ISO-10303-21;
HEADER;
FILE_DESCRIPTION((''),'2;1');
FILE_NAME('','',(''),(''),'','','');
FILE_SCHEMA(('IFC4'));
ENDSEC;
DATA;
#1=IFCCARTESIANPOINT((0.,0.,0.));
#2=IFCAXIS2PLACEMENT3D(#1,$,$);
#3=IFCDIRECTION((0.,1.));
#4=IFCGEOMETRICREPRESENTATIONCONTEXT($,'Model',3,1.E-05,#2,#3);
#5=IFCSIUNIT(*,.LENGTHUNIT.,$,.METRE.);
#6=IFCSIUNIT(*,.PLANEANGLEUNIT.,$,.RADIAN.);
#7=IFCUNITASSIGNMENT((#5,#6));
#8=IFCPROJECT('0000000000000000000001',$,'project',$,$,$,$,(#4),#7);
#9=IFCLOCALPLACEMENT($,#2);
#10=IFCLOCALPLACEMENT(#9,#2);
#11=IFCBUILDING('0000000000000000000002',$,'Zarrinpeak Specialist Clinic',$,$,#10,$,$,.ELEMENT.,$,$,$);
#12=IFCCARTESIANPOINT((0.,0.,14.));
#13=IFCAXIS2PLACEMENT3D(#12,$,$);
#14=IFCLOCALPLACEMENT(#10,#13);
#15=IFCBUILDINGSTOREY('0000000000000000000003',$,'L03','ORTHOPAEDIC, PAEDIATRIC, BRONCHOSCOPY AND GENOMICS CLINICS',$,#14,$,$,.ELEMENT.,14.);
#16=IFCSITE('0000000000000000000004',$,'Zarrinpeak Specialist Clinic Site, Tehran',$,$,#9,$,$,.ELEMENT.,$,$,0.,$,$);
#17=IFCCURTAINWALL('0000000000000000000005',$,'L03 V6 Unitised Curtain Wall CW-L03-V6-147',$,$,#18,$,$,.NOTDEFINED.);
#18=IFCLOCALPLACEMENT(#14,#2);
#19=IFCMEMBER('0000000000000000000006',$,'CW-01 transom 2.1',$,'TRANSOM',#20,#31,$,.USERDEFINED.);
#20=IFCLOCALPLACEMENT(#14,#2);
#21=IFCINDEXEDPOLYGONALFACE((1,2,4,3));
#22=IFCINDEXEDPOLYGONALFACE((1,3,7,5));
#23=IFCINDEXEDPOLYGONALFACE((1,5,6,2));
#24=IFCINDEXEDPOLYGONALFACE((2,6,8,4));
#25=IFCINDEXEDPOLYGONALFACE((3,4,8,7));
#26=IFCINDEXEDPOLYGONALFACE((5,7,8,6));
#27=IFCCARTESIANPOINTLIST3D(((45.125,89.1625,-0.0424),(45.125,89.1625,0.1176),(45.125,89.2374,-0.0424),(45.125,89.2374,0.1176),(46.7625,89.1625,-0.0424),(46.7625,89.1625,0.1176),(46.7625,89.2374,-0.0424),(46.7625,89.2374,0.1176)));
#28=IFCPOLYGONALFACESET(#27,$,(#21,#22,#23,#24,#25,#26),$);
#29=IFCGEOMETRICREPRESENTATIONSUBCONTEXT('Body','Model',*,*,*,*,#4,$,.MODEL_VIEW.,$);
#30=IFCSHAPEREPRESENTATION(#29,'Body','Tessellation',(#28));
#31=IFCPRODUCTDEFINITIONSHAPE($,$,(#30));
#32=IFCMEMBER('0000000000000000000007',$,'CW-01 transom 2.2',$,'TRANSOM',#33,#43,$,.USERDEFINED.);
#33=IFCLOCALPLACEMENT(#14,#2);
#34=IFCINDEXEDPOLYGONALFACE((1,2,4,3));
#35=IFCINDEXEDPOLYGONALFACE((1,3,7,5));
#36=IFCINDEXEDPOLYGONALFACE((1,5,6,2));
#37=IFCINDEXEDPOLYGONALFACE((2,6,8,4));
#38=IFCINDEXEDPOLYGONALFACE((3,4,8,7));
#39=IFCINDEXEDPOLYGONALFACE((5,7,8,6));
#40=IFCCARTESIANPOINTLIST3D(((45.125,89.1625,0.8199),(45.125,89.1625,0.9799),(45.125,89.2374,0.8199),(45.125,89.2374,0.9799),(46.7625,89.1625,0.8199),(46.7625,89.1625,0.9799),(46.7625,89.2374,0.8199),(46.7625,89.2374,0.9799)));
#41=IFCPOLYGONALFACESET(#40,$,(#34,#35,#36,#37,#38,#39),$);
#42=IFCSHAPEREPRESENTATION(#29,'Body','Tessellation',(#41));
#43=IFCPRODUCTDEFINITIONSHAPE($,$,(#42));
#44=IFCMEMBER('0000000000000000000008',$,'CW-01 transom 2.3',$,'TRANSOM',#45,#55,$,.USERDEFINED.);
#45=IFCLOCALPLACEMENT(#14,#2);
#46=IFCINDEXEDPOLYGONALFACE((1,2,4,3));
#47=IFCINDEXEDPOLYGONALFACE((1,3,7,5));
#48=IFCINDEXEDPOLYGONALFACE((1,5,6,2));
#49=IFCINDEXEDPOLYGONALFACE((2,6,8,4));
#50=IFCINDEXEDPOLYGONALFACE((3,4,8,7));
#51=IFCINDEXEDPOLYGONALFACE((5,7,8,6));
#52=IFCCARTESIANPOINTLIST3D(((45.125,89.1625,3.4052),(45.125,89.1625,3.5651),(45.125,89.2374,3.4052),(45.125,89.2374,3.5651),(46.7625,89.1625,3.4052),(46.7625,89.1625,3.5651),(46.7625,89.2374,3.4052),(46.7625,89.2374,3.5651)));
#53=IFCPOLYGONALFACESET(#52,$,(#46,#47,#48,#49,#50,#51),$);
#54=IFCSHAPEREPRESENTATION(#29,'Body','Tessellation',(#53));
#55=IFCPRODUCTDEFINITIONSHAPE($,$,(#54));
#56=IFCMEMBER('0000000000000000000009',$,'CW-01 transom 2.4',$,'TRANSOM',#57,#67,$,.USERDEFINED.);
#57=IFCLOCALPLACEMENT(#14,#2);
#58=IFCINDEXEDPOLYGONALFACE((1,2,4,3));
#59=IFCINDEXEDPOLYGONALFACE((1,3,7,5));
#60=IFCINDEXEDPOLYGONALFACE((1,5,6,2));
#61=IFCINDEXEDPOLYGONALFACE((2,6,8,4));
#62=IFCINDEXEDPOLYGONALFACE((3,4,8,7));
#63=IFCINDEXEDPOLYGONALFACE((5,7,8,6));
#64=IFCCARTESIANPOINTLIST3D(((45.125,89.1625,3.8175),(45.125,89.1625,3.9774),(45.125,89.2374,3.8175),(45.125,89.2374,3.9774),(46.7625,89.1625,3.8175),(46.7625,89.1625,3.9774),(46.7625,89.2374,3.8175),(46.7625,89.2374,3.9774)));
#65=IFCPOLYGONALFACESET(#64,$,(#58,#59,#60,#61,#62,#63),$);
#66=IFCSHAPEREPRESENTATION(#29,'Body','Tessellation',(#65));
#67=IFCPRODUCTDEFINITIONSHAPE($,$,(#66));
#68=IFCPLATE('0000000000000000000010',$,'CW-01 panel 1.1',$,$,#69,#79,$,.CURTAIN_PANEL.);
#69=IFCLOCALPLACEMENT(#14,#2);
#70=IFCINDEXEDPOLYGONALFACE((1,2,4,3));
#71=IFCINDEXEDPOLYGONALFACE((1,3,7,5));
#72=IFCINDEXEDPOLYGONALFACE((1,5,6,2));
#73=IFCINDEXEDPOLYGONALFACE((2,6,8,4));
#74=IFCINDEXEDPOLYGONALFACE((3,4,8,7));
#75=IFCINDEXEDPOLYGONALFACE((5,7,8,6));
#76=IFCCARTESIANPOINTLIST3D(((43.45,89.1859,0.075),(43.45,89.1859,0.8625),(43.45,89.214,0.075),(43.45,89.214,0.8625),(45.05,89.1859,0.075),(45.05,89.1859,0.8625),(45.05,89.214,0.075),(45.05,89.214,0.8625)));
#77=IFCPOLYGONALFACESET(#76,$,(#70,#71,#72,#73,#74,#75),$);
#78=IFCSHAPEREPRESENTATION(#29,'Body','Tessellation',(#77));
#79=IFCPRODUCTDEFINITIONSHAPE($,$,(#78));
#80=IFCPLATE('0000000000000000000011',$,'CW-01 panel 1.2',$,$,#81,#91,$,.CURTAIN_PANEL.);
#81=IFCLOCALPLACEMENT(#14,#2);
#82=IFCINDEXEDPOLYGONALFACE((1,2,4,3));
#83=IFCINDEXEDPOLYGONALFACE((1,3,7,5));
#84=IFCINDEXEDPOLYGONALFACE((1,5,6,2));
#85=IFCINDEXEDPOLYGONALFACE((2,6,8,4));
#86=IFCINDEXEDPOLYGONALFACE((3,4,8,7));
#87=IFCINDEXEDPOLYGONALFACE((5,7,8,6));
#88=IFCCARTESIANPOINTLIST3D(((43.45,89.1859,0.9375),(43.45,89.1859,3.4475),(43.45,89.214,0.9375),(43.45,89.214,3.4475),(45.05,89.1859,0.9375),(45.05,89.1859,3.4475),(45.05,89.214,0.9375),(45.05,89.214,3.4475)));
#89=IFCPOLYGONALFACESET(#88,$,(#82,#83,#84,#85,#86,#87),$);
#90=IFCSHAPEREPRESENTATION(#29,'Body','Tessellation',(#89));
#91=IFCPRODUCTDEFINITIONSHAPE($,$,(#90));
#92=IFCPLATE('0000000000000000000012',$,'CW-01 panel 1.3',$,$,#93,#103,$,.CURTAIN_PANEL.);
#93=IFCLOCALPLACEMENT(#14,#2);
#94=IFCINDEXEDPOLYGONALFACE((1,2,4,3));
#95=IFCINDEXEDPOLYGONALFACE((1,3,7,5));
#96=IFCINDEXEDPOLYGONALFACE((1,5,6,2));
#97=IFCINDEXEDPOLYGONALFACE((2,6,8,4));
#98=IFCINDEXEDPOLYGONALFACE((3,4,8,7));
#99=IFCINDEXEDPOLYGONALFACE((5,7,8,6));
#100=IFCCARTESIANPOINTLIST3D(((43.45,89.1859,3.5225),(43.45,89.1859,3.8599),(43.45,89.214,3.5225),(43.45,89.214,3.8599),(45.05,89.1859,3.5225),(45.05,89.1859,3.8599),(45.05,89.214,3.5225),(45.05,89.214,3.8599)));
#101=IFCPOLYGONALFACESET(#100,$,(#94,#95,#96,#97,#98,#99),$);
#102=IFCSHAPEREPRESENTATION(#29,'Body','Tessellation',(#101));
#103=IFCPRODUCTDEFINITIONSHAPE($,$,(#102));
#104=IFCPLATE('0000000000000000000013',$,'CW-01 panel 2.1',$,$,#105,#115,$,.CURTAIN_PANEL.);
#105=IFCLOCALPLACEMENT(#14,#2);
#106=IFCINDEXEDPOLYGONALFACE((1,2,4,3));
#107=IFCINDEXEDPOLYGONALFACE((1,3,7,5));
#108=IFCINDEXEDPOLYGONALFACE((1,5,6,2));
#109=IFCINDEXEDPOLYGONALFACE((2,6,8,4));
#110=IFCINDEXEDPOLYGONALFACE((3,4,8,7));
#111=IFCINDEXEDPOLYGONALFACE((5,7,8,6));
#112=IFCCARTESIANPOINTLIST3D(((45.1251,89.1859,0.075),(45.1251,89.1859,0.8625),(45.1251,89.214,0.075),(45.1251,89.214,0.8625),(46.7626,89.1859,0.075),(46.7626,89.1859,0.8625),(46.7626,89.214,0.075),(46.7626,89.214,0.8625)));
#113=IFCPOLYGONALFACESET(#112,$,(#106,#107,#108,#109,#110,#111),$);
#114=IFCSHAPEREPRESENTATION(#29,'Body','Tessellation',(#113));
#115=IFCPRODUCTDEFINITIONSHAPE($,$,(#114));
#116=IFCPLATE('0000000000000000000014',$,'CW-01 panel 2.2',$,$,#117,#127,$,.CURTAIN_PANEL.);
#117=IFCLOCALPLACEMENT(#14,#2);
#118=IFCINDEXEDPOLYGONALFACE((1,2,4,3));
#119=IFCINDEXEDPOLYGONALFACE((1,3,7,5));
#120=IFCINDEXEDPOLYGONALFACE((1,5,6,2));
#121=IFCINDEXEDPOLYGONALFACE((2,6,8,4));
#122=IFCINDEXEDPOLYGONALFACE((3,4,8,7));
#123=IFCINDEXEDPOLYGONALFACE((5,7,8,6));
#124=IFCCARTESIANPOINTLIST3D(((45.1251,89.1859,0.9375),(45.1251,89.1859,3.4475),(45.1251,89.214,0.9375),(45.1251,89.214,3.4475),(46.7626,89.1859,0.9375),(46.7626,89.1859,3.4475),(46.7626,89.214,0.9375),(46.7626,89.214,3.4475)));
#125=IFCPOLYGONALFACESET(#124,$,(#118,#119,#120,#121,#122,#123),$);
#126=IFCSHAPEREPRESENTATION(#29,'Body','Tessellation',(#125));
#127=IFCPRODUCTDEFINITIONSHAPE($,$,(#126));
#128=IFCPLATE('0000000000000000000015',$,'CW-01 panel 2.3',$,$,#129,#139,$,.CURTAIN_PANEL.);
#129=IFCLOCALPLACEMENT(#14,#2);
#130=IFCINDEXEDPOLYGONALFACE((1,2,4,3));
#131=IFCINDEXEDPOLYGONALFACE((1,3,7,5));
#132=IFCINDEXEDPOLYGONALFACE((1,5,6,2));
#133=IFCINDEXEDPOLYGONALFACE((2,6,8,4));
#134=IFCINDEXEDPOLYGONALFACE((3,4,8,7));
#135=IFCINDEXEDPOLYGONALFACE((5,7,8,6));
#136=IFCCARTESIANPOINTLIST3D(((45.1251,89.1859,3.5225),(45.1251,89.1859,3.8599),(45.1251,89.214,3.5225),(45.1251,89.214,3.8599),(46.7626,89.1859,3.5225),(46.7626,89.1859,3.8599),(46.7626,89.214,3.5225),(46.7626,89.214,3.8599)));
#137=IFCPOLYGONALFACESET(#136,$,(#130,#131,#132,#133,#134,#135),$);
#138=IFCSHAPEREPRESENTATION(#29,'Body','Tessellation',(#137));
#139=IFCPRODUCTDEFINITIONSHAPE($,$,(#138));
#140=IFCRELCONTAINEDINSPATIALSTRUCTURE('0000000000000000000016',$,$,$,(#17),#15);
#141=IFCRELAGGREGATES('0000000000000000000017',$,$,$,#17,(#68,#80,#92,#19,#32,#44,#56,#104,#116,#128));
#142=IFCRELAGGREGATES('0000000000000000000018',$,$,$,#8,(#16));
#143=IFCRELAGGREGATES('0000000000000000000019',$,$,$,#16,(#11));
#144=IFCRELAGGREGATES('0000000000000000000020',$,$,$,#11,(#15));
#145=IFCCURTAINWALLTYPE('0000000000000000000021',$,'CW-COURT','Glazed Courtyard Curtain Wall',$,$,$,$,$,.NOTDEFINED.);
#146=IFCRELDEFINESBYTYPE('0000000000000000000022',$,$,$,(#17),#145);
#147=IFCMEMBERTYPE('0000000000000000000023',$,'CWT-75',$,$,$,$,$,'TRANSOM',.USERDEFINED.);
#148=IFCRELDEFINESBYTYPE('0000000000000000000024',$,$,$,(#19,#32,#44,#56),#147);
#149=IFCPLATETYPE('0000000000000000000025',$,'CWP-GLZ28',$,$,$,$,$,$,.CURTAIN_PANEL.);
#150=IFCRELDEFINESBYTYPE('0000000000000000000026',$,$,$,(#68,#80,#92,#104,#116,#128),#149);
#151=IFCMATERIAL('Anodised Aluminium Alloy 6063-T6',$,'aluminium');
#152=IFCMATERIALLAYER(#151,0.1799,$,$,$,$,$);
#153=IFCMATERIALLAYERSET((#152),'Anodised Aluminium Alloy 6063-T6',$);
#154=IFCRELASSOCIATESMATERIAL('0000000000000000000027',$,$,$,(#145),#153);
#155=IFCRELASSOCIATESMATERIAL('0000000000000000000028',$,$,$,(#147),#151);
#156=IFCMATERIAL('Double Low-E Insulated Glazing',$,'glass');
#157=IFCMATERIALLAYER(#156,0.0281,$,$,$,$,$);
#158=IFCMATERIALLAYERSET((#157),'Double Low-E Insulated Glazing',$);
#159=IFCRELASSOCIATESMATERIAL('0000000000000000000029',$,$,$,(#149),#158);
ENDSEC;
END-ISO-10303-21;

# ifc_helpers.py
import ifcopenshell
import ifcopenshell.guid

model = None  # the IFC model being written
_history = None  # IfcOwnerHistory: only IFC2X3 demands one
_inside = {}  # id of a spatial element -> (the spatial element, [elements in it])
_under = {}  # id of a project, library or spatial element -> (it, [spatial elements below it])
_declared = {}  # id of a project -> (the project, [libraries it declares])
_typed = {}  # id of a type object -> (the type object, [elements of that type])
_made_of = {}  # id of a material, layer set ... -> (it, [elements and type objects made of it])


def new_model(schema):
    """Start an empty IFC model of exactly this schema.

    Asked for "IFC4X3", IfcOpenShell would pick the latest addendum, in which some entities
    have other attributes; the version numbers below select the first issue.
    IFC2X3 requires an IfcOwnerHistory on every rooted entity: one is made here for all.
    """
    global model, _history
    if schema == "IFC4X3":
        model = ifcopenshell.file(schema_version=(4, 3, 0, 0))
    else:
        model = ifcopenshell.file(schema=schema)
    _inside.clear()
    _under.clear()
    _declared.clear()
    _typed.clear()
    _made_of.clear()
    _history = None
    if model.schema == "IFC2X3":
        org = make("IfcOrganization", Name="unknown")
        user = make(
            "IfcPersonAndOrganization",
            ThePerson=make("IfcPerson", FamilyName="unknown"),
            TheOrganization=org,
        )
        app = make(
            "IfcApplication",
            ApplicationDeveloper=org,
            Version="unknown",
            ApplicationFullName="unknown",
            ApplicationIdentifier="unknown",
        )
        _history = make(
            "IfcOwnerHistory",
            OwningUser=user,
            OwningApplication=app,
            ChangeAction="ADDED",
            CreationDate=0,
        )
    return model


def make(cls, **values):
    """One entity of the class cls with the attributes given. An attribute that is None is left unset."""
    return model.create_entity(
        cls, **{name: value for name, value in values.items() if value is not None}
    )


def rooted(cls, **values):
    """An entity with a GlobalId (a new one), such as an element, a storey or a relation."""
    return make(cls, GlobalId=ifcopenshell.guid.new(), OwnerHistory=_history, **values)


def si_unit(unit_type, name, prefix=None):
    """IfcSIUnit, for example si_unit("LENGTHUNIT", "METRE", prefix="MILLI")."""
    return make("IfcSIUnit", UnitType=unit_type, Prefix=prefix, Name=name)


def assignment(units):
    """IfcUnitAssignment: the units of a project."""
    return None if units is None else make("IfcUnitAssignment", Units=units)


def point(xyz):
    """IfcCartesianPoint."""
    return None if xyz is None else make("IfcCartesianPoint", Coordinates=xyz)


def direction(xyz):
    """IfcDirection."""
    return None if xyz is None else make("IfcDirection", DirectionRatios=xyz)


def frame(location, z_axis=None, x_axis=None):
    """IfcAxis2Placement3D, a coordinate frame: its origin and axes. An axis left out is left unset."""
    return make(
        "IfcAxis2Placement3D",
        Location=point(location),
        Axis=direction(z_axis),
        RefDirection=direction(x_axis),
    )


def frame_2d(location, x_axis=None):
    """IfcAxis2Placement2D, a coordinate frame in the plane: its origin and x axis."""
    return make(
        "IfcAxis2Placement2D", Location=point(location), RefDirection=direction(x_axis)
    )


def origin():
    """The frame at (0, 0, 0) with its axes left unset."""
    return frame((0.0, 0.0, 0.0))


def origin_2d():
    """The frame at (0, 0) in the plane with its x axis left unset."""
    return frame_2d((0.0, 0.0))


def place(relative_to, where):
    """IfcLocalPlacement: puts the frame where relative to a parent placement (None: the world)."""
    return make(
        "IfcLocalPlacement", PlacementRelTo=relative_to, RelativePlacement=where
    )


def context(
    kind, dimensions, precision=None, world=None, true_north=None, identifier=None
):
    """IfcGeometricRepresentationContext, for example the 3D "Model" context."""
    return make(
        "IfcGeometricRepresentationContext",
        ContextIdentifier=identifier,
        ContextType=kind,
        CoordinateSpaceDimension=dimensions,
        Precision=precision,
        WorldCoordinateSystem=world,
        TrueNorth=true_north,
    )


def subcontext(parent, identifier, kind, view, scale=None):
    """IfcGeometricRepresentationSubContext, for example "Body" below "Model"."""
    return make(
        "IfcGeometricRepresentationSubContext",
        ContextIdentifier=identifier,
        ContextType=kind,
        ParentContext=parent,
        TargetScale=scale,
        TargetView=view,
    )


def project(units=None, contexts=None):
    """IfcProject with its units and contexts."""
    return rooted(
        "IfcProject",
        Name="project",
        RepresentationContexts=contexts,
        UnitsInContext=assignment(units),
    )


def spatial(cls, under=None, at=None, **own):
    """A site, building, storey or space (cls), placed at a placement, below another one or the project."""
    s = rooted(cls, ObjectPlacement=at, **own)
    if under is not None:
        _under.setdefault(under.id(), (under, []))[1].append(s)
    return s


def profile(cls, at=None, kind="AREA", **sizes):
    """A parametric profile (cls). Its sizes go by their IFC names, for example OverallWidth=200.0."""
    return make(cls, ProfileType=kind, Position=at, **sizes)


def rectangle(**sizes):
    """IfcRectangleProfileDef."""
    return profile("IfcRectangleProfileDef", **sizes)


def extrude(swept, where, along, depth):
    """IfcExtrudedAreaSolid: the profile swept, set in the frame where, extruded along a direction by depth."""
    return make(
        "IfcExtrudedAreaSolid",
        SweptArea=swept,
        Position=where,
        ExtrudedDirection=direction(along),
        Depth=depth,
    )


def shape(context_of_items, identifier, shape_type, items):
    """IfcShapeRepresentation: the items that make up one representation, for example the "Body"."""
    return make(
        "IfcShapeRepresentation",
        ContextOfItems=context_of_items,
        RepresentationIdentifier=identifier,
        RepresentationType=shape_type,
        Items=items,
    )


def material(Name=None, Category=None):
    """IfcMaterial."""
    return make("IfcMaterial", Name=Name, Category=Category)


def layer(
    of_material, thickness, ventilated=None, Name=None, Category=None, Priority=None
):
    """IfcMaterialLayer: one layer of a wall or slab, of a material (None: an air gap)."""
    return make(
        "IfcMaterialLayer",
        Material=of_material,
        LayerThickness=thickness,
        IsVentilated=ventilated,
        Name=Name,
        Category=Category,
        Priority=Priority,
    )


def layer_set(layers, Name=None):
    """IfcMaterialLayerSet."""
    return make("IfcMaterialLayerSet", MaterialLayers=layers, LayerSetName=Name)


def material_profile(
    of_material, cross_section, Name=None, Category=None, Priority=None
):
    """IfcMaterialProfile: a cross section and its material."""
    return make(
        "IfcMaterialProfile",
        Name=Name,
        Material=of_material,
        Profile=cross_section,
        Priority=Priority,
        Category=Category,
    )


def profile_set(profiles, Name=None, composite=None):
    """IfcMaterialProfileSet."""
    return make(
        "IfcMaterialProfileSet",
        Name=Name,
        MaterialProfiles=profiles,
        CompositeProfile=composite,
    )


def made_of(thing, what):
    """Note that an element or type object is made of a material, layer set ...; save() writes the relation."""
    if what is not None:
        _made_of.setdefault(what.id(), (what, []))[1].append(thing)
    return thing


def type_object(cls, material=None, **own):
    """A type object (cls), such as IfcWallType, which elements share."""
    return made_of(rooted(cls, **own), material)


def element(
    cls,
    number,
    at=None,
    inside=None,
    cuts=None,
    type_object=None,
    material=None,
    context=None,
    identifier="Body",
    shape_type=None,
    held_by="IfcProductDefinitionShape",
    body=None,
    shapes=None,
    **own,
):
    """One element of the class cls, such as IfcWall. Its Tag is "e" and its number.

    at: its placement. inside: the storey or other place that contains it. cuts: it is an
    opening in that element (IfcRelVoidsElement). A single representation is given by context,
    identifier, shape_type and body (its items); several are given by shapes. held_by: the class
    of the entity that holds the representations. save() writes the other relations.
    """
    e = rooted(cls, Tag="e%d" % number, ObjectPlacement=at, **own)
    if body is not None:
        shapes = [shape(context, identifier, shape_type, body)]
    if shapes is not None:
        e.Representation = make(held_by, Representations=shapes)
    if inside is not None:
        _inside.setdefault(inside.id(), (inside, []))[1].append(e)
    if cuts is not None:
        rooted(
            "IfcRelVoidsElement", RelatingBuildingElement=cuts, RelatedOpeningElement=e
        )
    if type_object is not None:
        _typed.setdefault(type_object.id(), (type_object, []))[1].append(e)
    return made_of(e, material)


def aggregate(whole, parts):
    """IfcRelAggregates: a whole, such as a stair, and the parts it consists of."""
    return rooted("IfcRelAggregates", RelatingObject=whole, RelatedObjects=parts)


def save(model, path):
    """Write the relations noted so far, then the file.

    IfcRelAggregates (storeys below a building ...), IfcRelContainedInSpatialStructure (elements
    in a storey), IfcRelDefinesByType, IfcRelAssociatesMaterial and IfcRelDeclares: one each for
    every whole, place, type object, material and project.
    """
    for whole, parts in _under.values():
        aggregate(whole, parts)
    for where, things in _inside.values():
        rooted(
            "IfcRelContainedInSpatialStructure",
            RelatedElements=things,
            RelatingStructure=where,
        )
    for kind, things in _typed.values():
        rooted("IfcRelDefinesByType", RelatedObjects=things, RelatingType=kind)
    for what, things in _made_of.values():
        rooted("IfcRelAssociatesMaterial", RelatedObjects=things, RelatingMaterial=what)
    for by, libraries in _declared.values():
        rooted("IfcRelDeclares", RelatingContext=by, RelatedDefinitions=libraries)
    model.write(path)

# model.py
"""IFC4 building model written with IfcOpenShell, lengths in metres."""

from ifc_helpers import new_model, si_unit, direction, frame, origin, origin_2d, place, context, subcontext, project, spatial, rectangle, extrude, material, layer, layer_set, material_profile, profile_set, type_object, element, aggregate, save


model = new_model("IFC4")

# Units and contexts
model_context = context("Model", 3, precision=1e-05, world=origin(), true_north=direction((0.0, 1.0)))
body_context = subcontext(model_context, "Body", "Model", "MODEL_VIEW")
ifc_project = project(units=[si_unit("LENGTHUNIT", "METRE"), si_unit("PLANEANGLEUNIT", "RADIAN")], contexts=[model_context])

# Site, building, storey
site_placement = place(None, origin())
site = spatial("IfcSite", under=ifc_project, at=site_placement, Name="Zarrinpeak Specialist Clinic Site, Tehran", CompositionType="ELEMENT", RefElevation=0.0)
building_placement = place(site_placement, origin())
building = spatial("IfcBuilding", under=site, at=building_placement, Name="Zarrinpeak Specialist Clinic", CompositionType="ELEMENT")
storey_placement = place(building_placement, frame((0.0, 0.0, 14.0)))
storey = spatial("IfcBuildingStorey", under=building, at=storey_placement, Name="L03", Description="ORTHOPAEDIC, PAEDIATRIC, BRONCHOSCOPY AND GENOMICS CLINICS", CompositionType="ELEMENT", Elevation=14.0)

# Curtain wall, members, plates
ifc_material_1 = material(Name="Anodised Aluminium Alloy 6063-T6", Category="aluminium")
ifc_layer_1 = layer(ifc_material_1, 0.1799)
ifc_layer_set_1 = layer_set([ifc_layer_1], Name="Anodised Aluminium Alloy 6063-T6")
curtain_wall_type = type_object("IfcCurtainWallType", Name="CW-COURT", Description="Glazed Courtyard Curtain Wall", PredefinedType="NOTDEFINED", material=ifc_layer_set_1)
curtain_wall_placement = place(storey_placement, origin())
curtain_wall = element("IfcCurtainWall", 1, at=curtain_wall_placement, inside=storey, type_object=curtain_wall_type, Name="L03 V6 Unitised Curtain Wall CW-L03-V6-147", PredefinedType="NOTDEFINED")
ifc_material_profile_1 = material_profile(ifc_material_1, rectangle(XDim=0.075, YDim=0.1599, at=origin_2d()), Name="ALU 75x160")
ifc_profile_set_1 = profile_set([ifc_material_profile_1], Name="Anodised Aluminium Alloy 6063-T6")
member_type_1 = type_object("IfcMemberType", Name="CWT-75", ElementType="TRANSOM", PredefinedType="USERDEFINED", material=ifc_profile_set_1)
member_1_placement = place(storey_placement, frame((45.125, 89.2, 0.0376), z_axis=(1.0, 0.0, 0.0), x_axis=(0.0, 1.0, 0.0)))
member_1 = element("IfcMember", 2, at=member_1_placement, type_object=member_type_1, Name="CW-01 transom 2.1", ObjectType="TRANSOM", PredefinedType="USERDEFINED", context=body_context, shape_type="SweptSolid", body=[
    extrude(rectangle(XDim=0.075, YDim=0.1599, at=origin_2d()), origin(), (0.0, 0.0, 1.0), 1.6375),
])
member_2_placement = place(storey_placement, frame((45.125, 89.2, 0.8999), z_axis=(1.0, 0.0, 0.0), x_axis=(0.0, 1.0, 0.0)))
member_2 = element("IfcMember", 3, at=member_2_placement, type_object=member_type_1, Name="CW-01 transom 2.2", ObjectType="TRANSOM", PredefinedType="USERDEFINED", context=body_context, shape_type="SweptSolid", body=[
    extrude(rectangle(XDim=0.075, YDim=0.1599, at=origin_2d()), origin(), (0.0, 0.0, 1.0), 1.6375),
])
member_3_placement = place(storey_placement, frame((45.125, 89.2, 3.4851), z_axis=(1.0, 0.0, 0.0), x_axis=(0.0, 1.0, 0.0)))
member_3 = element("IfcMember", 4, at=member_3_placement, type_object=member_type_1, Name="CW-01 transom 2.3", ObjectType="TRANSOM", PredefinedType="USERDEFINED", context=body_context, shape_type="SweptSolid", body=[
    extrude(rectangle(XDim=0.075, YDim=0.1599, at=origin_2d()), origin(), (0.0, 0.0, 1.0), 1.6375),
])
member_4_placement = place(storey_placement, frame((45.125, 89.2, 3.8975), z_axis=(1.0, 0.0, 0.0), x_axis=(0.0, 1.0, 0.0)))
member_4 = element("IfcMember", 5, at=member_4_placement, type_object=member_type_1, Name="CW-01 transom 2.4", ObjectType="TRANSOM", PredefinedType="USERDEFINED", context=body_context, shape_type="SweptSolid", body=[
    extrude(rectangle(XDim=0.075, YDim=0.1599, at=origin_2d()), origin(), (0.0, 0.0, 1.0), 1.6375),
])
ifc_material_2 = material(Name="Double Low-E Insulated Glazing", Category="glass")
ifc_layer_2 = layer(ifc_material_2, 0.0281)
ifc_layer_set_2 = layer_set([ifc_layer_2], Name="Double Low-E Insulated Glazing")
plate_type = type_object("IfcPlateType", Name="CWP-GLZ28", PredefinedType="CURTAIN_PANEL", material=ifc_layer_set_2)
plate_1_placement = place(storey_placement, frame((44.25, 89.2, 0.075), z_axis=(0.0, 0.0, 1.0), x_axis=(1.0, 0.0, 0.0)))
plate_1 = element("IfcPlate", 6, at=plate_1_placement, type_object=plate_type, Name="CW-01 panel 1.1", PredefinedType="CURTAIN_PANEL", context=body_context, shape_type="SweptSolid", body=[
    extrude(rectangle(XDim=1.6001, YDim=0.0281, at=origin_2d()), origin(), (0.0, 0.0, 1.0), 0.7876),
])
plate_2_placement = place(storey_placement, frame((44.25, 89.2, 0.9375), z_axis=(0.0, 0.0, 1.0), x_axis=(1.0, 0.0, 0.0)))
plate_2 = element("IfcPlate", 7, at=plate_2_placement, type_object=plate_type, Name="CW-01 panel 1.2", PredefinedType="CURTAIN_PANEL", context=body_context, shape_type="SweptSolid", body=[
    extrude(rectangle(XDim=1.6001, YDim=0.0281, at=origin_2d()), origin(), (0.0, 0.0, 1.0), 2.51),
])
plate_3_placement = place(storey_placement, frame((44.25, 89.2, 3.5225), z_axis=(0.0, 0.0, 1.0), x_axis=(1.0, 0.0, 0.0)))
plate_3 = element("IfcPlate", 8, at=plate_3_placement, type_object=plate_type, Name="CW-01 panel 1.3", PredefinedType="CURTAIN_PANEL", context=body_context, shape_type="SweptSolid", body=[
    extrude(rectangle(XDim=1.6001, YDim=0.0281, at=origin_2d()), origin(), (0.0, 0.0, 1.0), 0.3374),
])
plate_4_placement = place(storey_placement, frame((45.9438, 89.2, 0.075), z_axis=(0.0, 0.0, 1.0), x_axis=(1.0, 0.0, 0.0)))
plate_4 = element("IfcPlate", 9, at=plate_4_placement, type_object=plate_type, Name="CW-01 panel 2.1", PredefinedType="CURTAIN_PANEL", context=body_context, shape_type="SweptSolid", body=[
    extrude(rectangle(XDim=1.6375, YDim=0.0281, at=origin_2d()), origin(), (0.0, 0.0, 1.0), 0.7876),
])
plate_5_placement = place(storey_placement, frame((45.9438, 89.2, 0.9375), z_axis=(0.0, 0.0, 1.0), x_axis=(1.0, 0.0, 0.0)))
plate_5 = element("IfcPlate", 10, at=plate_5_placement, type_object=plate_type, Name="CW-01 panel 2.2", PredefinedType="CURTAIN_PANEL", context=body_context, shape_type="SweptSolid", body=[
    extrude(rectangle(XDim=1.6375, YDim=0.0281, at=origin_2d()), origin(), (0.0, 0.0, 1.0), 2.51),
])
plate_6_placement = place(storey_placement, frame((45.9438, 89.2, 3.5225), z_axis=(0.0, 0.0, 1.0), x_axis=(1.0, 0.0, 0.0)))
plate_6 = element("IfcPlate", 11, at=plate_6_placement, type_object=plate_type, Name="CW-01 panel 2.3", PredefinedType="CURTAIN_PANEL", context=body_context, shape_type="SweptSolid", body=[
    extrude(rectangle(XDim=1.6375, YDim=0.0281, at=origin_2d()), origin(), (0.0, 0.0, 1.0), 0.3374),
])
aggregate(curtain_wall, [plate_1, plate_2, plate_3, member_1, member_2, member_3, member_4, plate_4, plate_5, plate_6])

save(model, "model.ifc")
